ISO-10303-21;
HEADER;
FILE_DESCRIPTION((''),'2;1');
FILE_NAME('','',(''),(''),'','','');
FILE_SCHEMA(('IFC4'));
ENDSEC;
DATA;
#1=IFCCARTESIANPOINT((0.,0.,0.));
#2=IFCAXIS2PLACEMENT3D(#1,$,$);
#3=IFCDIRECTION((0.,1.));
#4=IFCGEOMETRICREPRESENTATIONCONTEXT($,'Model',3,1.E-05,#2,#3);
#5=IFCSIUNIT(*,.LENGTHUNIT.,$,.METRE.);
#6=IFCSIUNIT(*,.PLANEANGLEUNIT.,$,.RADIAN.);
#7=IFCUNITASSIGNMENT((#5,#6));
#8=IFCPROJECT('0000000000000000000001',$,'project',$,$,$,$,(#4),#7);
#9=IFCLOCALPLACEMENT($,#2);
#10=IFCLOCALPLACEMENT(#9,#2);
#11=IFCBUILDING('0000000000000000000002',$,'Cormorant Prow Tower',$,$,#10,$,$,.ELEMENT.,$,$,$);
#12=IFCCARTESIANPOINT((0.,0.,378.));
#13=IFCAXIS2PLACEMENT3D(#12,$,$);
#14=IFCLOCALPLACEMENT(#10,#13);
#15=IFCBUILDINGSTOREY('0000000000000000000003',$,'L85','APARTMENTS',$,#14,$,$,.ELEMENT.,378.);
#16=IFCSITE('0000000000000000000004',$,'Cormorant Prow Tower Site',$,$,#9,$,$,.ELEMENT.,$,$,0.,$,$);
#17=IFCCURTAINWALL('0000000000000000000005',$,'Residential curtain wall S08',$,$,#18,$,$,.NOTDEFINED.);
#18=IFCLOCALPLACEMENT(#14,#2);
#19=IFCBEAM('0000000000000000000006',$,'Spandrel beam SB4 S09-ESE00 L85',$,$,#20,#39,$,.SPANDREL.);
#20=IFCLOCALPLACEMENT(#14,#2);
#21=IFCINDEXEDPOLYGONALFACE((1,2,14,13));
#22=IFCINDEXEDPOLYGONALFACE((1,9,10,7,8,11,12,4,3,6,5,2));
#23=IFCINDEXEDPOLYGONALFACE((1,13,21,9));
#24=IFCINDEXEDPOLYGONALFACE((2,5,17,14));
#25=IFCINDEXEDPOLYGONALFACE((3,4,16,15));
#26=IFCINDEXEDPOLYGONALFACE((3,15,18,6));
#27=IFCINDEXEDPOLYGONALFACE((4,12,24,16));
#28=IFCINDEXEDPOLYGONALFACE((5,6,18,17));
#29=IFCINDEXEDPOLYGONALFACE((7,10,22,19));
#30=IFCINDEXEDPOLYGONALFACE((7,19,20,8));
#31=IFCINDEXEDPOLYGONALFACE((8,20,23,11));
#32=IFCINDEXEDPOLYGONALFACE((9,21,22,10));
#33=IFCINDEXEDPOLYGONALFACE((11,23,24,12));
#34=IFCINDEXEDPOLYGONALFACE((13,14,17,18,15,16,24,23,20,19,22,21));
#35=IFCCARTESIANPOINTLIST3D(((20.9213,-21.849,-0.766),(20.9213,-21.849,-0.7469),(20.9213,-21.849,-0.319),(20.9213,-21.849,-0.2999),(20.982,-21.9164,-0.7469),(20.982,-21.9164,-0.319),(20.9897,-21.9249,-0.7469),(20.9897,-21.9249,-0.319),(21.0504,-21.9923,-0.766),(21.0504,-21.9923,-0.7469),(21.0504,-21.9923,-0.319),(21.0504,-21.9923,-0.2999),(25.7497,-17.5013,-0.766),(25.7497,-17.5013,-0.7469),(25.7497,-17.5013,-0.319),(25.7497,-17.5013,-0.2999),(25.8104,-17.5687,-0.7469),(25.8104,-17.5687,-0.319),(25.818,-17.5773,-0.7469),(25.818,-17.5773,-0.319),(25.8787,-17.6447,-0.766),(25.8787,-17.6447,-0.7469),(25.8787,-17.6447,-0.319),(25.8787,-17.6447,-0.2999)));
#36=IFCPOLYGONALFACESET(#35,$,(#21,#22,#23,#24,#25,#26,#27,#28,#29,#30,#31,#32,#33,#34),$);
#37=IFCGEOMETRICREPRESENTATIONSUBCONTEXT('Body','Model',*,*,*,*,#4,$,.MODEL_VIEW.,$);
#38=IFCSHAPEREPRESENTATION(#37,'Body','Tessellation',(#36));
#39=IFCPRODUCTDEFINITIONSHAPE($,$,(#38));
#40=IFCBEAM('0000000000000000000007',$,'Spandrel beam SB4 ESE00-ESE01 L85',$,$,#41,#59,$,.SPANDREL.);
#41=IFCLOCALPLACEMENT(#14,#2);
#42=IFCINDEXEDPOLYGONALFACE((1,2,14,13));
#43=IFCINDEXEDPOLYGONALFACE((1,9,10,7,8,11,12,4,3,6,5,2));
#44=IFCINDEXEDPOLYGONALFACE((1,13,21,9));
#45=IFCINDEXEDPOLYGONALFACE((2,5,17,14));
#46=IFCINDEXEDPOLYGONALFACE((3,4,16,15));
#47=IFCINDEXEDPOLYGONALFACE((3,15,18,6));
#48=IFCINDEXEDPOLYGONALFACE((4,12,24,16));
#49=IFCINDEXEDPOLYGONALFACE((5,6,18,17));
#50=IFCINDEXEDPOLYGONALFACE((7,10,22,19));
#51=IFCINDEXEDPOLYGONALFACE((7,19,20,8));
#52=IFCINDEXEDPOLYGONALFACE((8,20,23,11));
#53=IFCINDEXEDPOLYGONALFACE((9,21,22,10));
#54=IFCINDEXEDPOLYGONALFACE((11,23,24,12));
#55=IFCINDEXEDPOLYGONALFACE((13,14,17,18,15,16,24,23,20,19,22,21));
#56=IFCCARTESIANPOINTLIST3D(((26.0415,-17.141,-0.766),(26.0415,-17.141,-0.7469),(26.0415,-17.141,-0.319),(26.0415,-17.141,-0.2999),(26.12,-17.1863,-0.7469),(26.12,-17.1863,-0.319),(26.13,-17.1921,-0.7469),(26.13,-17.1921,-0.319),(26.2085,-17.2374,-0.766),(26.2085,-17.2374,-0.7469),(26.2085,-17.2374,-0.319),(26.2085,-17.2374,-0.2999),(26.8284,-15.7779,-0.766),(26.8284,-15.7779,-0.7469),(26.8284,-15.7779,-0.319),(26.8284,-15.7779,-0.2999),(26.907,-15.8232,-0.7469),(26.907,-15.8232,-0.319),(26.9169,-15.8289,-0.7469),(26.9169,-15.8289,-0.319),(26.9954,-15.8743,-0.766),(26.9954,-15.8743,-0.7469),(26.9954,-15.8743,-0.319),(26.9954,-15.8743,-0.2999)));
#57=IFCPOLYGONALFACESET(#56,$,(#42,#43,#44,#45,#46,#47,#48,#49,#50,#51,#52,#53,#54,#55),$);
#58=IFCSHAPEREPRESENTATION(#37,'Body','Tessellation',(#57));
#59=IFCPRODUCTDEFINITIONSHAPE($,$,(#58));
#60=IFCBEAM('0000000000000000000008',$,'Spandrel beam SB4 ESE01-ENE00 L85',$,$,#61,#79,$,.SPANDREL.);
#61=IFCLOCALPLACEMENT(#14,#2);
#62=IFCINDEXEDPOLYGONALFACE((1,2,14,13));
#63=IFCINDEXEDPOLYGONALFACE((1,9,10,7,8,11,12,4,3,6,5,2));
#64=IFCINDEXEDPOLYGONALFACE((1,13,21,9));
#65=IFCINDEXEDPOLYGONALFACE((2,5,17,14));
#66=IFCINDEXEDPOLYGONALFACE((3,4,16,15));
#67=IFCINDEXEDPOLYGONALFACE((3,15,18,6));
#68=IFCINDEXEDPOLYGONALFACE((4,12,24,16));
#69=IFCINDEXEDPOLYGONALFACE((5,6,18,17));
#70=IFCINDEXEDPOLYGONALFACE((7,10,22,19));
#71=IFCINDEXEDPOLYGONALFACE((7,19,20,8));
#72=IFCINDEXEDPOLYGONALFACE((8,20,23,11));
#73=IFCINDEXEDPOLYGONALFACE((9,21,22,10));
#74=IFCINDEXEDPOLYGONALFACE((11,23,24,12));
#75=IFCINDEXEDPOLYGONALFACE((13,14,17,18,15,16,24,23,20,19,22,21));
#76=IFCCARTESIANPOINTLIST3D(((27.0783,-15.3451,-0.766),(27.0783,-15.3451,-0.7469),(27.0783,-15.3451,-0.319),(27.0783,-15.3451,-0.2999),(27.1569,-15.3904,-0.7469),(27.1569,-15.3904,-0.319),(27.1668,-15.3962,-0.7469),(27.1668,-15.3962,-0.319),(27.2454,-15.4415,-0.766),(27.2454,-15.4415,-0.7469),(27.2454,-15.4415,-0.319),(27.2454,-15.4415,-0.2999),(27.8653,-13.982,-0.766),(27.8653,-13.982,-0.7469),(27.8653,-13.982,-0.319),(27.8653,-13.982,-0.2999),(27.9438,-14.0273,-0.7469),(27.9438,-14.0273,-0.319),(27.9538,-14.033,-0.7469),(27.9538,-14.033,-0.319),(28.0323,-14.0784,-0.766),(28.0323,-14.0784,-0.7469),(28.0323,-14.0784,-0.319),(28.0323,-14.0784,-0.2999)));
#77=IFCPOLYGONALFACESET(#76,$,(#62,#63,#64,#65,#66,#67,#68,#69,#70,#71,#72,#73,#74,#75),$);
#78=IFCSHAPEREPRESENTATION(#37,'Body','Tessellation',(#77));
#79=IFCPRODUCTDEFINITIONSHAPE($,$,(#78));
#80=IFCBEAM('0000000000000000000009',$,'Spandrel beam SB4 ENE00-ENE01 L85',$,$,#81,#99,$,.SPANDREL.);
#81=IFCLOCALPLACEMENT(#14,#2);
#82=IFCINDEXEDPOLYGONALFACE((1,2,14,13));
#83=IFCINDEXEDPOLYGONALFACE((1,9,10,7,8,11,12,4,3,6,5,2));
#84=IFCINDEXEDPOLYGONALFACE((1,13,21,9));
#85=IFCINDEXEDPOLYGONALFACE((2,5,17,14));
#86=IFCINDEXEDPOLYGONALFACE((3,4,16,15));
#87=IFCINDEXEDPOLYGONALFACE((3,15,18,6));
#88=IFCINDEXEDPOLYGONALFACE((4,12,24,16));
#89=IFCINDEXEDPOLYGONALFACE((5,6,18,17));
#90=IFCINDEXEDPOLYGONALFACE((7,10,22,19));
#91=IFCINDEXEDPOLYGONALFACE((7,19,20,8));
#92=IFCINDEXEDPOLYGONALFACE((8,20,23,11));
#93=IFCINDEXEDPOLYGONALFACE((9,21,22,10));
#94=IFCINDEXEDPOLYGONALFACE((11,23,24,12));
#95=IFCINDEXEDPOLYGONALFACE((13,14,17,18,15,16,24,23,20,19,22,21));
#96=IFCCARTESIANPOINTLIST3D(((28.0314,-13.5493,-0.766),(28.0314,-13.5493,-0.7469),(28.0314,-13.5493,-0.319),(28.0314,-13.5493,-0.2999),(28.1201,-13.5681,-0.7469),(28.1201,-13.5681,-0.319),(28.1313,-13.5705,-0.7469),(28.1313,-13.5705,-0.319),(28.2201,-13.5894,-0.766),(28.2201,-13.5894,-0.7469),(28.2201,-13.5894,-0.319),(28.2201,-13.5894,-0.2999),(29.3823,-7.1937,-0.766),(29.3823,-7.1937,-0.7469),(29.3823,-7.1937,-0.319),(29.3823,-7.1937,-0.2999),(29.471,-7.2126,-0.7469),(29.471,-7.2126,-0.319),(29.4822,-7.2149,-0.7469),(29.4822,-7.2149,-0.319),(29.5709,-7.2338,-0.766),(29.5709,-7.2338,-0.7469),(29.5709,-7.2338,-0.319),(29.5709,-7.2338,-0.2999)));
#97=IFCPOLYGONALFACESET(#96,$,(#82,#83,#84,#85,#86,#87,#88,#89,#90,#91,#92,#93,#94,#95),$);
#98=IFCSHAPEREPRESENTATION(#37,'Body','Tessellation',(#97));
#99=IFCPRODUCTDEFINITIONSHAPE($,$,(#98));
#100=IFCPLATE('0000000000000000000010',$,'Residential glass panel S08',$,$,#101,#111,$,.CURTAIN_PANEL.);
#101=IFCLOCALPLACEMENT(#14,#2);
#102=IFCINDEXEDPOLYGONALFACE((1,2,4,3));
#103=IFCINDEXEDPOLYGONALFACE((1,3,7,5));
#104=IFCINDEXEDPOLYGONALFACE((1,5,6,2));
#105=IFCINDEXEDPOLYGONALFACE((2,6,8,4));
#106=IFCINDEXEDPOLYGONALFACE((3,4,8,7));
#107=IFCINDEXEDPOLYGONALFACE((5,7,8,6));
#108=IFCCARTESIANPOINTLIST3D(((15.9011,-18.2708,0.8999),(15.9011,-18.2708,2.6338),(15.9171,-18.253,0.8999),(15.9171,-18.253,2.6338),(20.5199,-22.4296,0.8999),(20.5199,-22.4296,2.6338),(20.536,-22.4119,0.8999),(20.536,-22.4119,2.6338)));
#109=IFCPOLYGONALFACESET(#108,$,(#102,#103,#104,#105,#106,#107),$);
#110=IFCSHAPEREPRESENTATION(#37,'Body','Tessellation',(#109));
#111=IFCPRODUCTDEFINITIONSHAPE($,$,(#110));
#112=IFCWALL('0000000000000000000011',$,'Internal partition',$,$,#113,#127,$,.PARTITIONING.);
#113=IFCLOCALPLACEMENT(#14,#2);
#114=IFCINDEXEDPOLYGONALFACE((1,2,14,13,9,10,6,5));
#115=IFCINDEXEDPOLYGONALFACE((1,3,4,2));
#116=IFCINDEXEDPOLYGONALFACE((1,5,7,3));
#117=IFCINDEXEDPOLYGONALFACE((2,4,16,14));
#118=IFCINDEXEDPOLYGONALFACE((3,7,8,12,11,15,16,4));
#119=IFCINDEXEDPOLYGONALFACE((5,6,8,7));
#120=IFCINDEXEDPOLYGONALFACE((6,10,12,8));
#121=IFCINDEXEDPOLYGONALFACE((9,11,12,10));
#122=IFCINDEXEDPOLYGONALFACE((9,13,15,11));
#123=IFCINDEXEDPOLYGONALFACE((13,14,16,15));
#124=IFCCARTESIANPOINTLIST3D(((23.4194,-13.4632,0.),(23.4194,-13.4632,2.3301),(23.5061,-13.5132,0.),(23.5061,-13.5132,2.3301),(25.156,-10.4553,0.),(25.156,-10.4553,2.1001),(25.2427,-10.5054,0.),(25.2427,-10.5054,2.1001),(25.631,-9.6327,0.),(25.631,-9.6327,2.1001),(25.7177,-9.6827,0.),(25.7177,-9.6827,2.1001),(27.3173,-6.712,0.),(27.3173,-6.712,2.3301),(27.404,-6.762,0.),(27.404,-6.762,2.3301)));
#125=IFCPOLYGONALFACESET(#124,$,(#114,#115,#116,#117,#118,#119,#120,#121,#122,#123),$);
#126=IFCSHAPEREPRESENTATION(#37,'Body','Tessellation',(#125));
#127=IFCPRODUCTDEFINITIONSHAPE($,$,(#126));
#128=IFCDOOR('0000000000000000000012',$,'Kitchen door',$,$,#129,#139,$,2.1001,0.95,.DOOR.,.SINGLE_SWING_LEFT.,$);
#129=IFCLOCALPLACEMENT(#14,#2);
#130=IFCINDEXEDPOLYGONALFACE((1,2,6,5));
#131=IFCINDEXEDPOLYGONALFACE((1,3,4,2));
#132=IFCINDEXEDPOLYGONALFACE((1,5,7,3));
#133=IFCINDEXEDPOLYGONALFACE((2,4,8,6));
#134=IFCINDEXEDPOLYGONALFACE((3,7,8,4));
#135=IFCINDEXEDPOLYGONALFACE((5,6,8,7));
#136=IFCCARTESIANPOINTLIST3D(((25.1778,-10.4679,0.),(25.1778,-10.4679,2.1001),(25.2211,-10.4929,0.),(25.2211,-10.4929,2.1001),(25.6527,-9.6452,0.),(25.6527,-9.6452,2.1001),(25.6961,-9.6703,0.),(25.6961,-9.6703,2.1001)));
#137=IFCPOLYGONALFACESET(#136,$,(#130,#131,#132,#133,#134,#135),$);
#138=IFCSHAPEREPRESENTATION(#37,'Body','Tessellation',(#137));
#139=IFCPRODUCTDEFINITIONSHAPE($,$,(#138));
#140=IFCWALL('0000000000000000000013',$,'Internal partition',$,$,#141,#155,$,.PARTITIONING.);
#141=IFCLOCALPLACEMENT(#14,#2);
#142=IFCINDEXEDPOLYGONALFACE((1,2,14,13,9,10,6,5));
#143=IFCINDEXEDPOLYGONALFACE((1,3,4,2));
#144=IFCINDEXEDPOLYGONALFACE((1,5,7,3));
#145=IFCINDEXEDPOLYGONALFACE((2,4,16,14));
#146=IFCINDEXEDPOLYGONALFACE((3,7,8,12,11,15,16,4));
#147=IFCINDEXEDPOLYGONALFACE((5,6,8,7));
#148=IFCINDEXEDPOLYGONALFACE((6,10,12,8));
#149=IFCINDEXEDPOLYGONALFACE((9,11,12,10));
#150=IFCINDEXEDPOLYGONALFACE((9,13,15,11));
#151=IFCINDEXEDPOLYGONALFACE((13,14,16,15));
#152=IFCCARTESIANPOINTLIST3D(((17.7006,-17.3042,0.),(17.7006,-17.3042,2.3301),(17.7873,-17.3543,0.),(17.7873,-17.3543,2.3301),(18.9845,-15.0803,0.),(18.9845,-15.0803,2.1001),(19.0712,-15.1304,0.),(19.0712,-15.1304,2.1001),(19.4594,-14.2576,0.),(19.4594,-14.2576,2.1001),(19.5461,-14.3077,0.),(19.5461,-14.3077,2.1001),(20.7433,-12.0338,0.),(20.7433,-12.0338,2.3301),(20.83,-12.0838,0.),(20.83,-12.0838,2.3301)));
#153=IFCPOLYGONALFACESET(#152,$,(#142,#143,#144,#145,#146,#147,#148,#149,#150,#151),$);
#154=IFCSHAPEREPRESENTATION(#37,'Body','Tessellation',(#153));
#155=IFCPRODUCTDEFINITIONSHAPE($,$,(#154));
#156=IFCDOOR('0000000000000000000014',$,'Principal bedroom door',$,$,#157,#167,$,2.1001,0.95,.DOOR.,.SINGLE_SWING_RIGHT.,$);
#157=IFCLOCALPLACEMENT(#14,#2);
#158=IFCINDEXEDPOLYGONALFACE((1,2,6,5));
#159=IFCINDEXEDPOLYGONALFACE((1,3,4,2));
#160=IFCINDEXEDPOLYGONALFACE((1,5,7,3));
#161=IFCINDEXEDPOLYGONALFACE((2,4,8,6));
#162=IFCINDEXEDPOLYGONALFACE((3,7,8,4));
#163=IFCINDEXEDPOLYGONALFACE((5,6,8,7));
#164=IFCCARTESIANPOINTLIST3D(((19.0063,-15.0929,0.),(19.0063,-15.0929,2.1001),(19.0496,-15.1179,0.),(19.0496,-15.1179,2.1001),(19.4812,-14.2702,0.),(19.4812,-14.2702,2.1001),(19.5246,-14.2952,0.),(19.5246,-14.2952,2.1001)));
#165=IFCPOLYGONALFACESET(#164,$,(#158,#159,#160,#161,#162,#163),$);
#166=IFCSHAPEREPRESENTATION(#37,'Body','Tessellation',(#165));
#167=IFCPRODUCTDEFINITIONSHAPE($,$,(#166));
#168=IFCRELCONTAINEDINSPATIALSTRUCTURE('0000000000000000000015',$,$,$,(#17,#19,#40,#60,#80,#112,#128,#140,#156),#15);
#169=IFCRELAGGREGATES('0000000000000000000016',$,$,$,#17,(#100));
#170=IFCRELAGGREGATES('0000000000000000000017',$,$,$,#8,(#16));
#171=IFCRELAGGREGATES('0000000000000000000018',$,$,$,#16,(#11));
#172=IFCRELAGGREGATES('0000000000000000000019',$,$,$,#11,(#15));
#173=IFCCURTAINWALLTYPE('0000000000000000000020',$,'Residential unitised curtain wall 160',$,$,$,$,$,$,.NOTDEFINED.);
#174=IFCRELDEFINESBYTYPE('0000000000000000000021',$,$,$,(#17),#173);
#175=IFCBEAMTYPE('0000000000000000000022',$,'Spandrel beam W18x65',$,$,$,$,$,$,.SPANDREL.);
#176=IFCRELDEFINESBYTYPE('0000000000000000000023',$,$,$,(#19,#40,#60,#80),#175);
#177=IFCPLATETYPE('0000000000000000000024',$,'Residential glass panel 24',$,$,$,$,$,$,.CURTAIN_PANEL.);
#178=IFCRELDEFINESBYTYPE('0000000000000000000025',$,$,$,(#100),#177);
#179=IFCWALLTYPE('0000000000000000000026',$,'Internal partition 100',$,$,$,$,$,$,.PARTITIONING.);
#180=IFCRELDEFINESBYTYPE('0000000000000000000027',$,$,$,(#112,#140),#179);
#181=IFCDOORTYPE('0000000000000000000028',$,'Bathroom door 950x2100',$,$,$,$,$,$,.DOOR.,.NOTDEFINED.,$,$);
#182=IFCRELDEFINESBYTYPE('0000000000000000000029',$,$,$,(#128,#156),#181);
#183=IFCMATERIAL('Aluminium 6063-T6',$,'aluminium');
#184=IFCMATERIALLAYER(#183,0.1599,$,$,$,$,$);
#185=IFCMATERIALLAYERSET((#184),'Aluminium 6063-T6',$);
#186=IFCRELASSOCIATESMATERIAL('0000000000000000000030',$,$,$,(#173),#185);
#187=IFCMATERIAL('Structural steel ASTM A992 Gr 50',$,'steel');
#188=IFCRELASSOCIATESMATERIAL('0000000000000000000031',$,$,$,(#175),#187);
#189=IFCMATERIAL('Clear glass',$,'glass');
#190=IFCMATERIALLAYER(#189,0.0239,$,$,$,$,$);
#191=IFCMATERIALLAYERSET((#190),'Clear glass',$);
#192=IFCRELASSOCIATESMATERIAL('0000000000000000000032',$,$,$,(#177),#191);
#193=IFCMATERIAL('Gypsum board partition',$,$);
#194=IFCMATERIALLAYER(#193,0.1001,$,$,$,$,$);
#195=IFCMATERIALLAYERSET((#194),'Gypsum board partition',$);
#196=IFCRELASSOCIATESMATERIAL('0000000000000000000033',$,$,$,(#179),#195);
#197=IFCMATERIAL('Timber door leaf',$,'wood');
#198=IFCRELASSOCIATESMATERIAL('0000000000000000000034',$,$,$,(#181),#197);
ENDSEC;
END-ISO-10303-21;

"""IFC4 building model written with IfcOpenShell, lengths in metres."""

from ifc_helpers import new_model, si_unit, direction, frame, frame_2d, origin, origin_2d, place, context, subcontext, project, spatial, rectangle, i_section, extrude, material, layer, layer_set, material_profile, profile_set, type_object, element, fill, aggregate, save


model = new_model("IFC4")

# Units and contexts
model_context = context("Model", 3, precision=1e-05, world=origin(), true_north=direction((0.0, 1.0)))
body_context = subcontext(model_context, "Body", "Model", "MODEL_VIEW")
ifc_project = project(units=[si_unit("LENGTHUNIT", "METRE"), si_unit("PLANEANGLEUNIT", "RADIAN")], contexts=[model_context])

# Site, building, storey
site_placement = place(None, origin())
site = spatial("IfcSite", under=ifc_project, at=site_placement, Name="Cormorant Prow Tower Site", CompositionType="ELEMENT", RefElevation=0.0)
building_placement = place(site_placement, origin())
building = spatial("IfcBuilding", under=site, at=building_placement, Name="Cormorant Prow Tower", CompositionType="ELEMENT")
storey_placement = place(building_placement, frame((0.0, 0.0, 378.0)))
storey = spatial("IfcBuildingStorey", under=building, at=storey_placement, Name="L85", Description="APARTMENTS", CompositionType="ELEMENT", Elevation=378.0)

# Curtain wall
ifc_material_1 = material(Name="Aluminium 6063-T6", Category="aluminium")
ifc_layer_1 = layer(ifc_material_1, 0.1599)
ifc_layer_set_1 = layer_set([ifc_layer_1], Name="Aluminium 6063-T6")
curtain_wall_type = type_object("IfcCurtainWallType", Name="Residential unitised curtain wall 160", PredefinedType="NOTDEFINED", material=ifc_layer_set_1)
curtain_wall_1_placement = place(storey_placement, origin())
curtain_wall_1 = element("IfcCurtainWall", 1, at=curtain_wall_1_placement, inside=storey, type_object=curtain_wall_type, Name="Residential curtain wall S08", PredefinedType="NOTDEFINED")

# Beams
ifc_material_2 = material(Name="Structural steel ASTM A992 Gr 50", Category="steel")
ifc_material_profile_1 = material_profile(ifc_material_2, i_section(OverallWidth=0.1929, OverallDepth=0.4661, WebThickness=0.0115, FlangeThickness=0.019, at=origin_2d()), Name="W18x65")
ifc_profile_set_1 = profile_set([ifc_material_profile_1], Name="Structural steel ASTM A992 Gr 50")
beam_type = type_object("IfcBeamType", Name="Spandrel beam W18x65", PredefinedType="SPANDREL", material=ifc_profile_set_1)
for number, where, z_axis, x_axis, name in (
    (2, (20.9858, -21.9207, -0.533), (0.743132, 0.669145, 0.0), (-0.669145, 0.743132, 0.0), "Spandrel beam SB4 S09-ESE00 L85"),
):
    element("IfcBeam", number, at=place(storey_placement, frame(where, z_axis=z_axis, x_axis=x_axis)), inside=storey, type_object=beam_type, Name=name, PredefinedType="SPANDREL", context=body_context, shape_type="SweptSolid", body=[
        extrude(i_section(OverallWidth=0.1929, OverallDepth=0.4661, WebThickness=0.0115, FlangeThickness=0.019, at=origin_2d()), origin(), (0.0, 0.0, 1.0), 6.4973),
    ])
for number, where, z_axis, x_axis, name in (
    (3, (26.125, -17.1892, -0.533), (0.49996, 0.866049, 0.0), (-0.866049, 0.49996, 0.0), "Spandrel beam SB4 ESE00-ESE01 L85"),
    (4, (27.1619, -15.3933, -0.533), (0.49996, 0.866049, 0.0), (-0.866049, 0.49996, 0.0), "Spandrel beam SB4 ESE01-ENE00 L85"),
):
    element("IfcBeam", number, at=place(storey_placement, frame(where, z_axis=z_axis, x_axis=x_axis)), inside=storey, type_object=beam_type, Name=name, PredefinedType="SPANDREL", context=body_context, shape_type="SweptSolid", body=[
        extrude(i_section(OverallWidth=0.1929, OverallDepth=0.4661, WebThickness=0.0115, FlangeThickness=0.019, at=origin_2d()), origin(), (0.0, 0.0, 1.0), 1.574),
    ])
beam_placement = place(storey_placement, frame((28.1257, -13.5693, -0.533), z_axis=(0.207902, 0.97815, 0.0), x_axis=(-0.97815, 0.207902, 0.0)))
element("IfcBeam", 5, at=beam_placement, inside=storey, type_object=beam_type, Name="Spandrel beam SB4 ENE00-ENE01 L85", PredefinedType="SPANDREL", context=body_context, shape_type="SweptSolid", body=[
    extrude(i_section(OverallWidth=0.1929, OverallDepth=0.4661, WebThickness=0.0115, FlangeThickness=0.019, at=origin_2d()), origin(), (0.0, 0.0, 1.0), 6.4976),
])

# Plate
ifc_material_3 = material(Name="Clear glass", Category="glass")
ifc_layer_2 = layer(ifc_material_3, 0.0239)
ifc_layer_set_2 = layer_set([ifc_layer_2], Name="Clear glass")
plate_type = type_object("IfcPlateType", Name="Residential glass panel 24", PredefinedType="CURTAIN_PANEL", material=ifc_layer_set_2)
plate_placement = place(storey_placement, frame((18.2185, -20.3413, 0.8999), z_axis=(0.0, 0.0, 1.0), x_axis=(0.743145, -0.669131, 0.0)))
plate = element("IfcPlate", 6, at=plate_placement, type_object=plate_type, Name="Residential glass panel S08", PredefinedType="CURTAIN_PANEL", context=body_context, shape_type="SweptSolid", body=[
    extrude(rectangle(XDim=6.2153, YDim=0.0239, at=origin_2d()), origin(), (0.0, 0.0, 1.0), 1.7339),
])
aggregate(curtain_wall_1, [plate])

# Walls, openings, doors
ifc_material_4 = material(Name="Gypsum board partition")
ifc_layer_3 = layer(ifc_material_4, 0.1001)
ifc_layer_set_3 = layer_set([ifc_layer_3], Name="Gypsum board partition")
wall_type_1 = type_object("IfcWallType", Name="Internal partition 100", PredefinedType="PARTITIONING", material=ifc_layer_set_3)
wall_1_placement = place(storey_placement, frame((23.4626, -13.4883, 0.0), z_axis=(0.0, 0.0, 1.0), x_axis=(0.500013, 0.866018, 0.0)))
wall_1 = element("IfcWall", 7, at=wall_1_placement, inside=storey, type_object=wall_type_1, Name="Internal partition", PredefinedType="PARTITIONING", context=body_context, shape_type="SweptSolid", body=[
    extrude(rectangle(XDim=7.7957, YDim=0.1001, at=frame_2d((3.8979, 0.0))), origin(), (0.0, 0.0, 1.0), 2.3301),
])
opening_1_placement = place(wall_1_placement, frame((3.4731, 0.0, 0.0)))
opening_1 = element("IfcOpeningElement", 8, at=opening_1_placement, cuts=wall_1, PredefinedType="OPENING", context=body_context, shape_type="SweptSolid", body=[
    extrude(rectangle(XDim=0.95, YDim=2.1001, at=frame_2d((0.4751, 1.05))), frame((0.0, 0.0601, 0.0), z_axis=(0.0, -1.0, 0.0), x_axis=(1.0, 0.0, 0.0)), (0.0, 0.0, 1.0), 0.1201),
])
ifc_material_5 = material(Name="Timber door leaf", Category="wood")
door_type_1 = type_object("IfcDoorType", Name="Bathroom door 950x2100", OperationType="NOTDEFINED", PredefinedType="DOOR", material=ifc_material_5)
door_1_placement = place(opening_1_placement, origin())
door_1 = element("IfcDoor", 9, at=door_1_placement, inside=storey, type_object=door_type_1, Name="Kitchen door", OperationType="SINGLE_SWING_LEFT", OverallHeight=2.1001, OverallWidth=0.95, PredefinedType="DOOR", context=body_context, shape_type="SweptSolid", body=[
    extrude(rectangle(XDim=0.95, YDim=2.1001, at=frame_2d((0.4751, 1.05))), frame((0.0, 0.0249, 0.0), z_axis=(0.0, -1.0, 0.0), x_axis=(1.0, 0.0, 0.0)), (0.0, 0.0, 1.0), 0.05),
])
fill(opening_1, door_1)
wall_2_placement = place(storey_placement, frame((17.7439, -17.3293, 0.0), z_axis=(0.0, 0.0, 1.0), x_axis=(0.499975, 0.86604, 0.0)))
wall_2 = element("IfcWall", 10, at=wall_2_placement, inside=storey, type_object=wall_type_1, Name="Internal partition", PredefinedType="PARTITIONING", context=body_context, shape_type="SweptSolid", body=[
    extrude(rectangle(XDim=6.0857, YDim=0.1001, at=frame_2d((3.043, 0.0))), origin(), (0.0, 0.0, 1.0), 2.3301),
])
opening_2_placement = place(wall_2_placement, frame((2.5679, 0.0, 0.0)))
opening_2 = element("IfcOpeningElement", 11, at=opening_2_placement, cuts=wall_2, PredefinedType="OPENING", context=body_context, shape_type="SweptSolid", body=[
    extrude(rectangle(XDim=0.95, YDim=2.1001, at=frame_2d((0.4751, 1.05))), frame((0.0, 0.0601, 0.0), z_axis=(0.0, -1.0, 0.0), x_axis=(1.0, 0.0, 0.0)), (0.0, 0.0, 1.0), 0.1201),
])
door_2_placement = place(opening_2_placement, origin())
door_2 = element("IfcDoor", 12, at=door_2_placement, inside=storey, type_object=door_type_1, Name="Principal bedroom door", OperationType="SINGLE_SWING_RIGHT", OverallHeight=2.1001, OverallWidth=0.95, PredefinedType="DOOR", context=body_context, shape_type="SweptSolid", body=[
    extrude(rectangle(XDim=0.95, YDim=2.1001, at=frame_2d((0.4751, 1.05))), frame((0.0, 0.0249, 0.0), z_axis=(0.0, -1.0, 0.0), x_axis=(1.0, 0.0, 0.0)), (0.0, 0.0, 1.0), 0.05),
])
fill(opening_2, door_2)

save(model, "model.ifc")
